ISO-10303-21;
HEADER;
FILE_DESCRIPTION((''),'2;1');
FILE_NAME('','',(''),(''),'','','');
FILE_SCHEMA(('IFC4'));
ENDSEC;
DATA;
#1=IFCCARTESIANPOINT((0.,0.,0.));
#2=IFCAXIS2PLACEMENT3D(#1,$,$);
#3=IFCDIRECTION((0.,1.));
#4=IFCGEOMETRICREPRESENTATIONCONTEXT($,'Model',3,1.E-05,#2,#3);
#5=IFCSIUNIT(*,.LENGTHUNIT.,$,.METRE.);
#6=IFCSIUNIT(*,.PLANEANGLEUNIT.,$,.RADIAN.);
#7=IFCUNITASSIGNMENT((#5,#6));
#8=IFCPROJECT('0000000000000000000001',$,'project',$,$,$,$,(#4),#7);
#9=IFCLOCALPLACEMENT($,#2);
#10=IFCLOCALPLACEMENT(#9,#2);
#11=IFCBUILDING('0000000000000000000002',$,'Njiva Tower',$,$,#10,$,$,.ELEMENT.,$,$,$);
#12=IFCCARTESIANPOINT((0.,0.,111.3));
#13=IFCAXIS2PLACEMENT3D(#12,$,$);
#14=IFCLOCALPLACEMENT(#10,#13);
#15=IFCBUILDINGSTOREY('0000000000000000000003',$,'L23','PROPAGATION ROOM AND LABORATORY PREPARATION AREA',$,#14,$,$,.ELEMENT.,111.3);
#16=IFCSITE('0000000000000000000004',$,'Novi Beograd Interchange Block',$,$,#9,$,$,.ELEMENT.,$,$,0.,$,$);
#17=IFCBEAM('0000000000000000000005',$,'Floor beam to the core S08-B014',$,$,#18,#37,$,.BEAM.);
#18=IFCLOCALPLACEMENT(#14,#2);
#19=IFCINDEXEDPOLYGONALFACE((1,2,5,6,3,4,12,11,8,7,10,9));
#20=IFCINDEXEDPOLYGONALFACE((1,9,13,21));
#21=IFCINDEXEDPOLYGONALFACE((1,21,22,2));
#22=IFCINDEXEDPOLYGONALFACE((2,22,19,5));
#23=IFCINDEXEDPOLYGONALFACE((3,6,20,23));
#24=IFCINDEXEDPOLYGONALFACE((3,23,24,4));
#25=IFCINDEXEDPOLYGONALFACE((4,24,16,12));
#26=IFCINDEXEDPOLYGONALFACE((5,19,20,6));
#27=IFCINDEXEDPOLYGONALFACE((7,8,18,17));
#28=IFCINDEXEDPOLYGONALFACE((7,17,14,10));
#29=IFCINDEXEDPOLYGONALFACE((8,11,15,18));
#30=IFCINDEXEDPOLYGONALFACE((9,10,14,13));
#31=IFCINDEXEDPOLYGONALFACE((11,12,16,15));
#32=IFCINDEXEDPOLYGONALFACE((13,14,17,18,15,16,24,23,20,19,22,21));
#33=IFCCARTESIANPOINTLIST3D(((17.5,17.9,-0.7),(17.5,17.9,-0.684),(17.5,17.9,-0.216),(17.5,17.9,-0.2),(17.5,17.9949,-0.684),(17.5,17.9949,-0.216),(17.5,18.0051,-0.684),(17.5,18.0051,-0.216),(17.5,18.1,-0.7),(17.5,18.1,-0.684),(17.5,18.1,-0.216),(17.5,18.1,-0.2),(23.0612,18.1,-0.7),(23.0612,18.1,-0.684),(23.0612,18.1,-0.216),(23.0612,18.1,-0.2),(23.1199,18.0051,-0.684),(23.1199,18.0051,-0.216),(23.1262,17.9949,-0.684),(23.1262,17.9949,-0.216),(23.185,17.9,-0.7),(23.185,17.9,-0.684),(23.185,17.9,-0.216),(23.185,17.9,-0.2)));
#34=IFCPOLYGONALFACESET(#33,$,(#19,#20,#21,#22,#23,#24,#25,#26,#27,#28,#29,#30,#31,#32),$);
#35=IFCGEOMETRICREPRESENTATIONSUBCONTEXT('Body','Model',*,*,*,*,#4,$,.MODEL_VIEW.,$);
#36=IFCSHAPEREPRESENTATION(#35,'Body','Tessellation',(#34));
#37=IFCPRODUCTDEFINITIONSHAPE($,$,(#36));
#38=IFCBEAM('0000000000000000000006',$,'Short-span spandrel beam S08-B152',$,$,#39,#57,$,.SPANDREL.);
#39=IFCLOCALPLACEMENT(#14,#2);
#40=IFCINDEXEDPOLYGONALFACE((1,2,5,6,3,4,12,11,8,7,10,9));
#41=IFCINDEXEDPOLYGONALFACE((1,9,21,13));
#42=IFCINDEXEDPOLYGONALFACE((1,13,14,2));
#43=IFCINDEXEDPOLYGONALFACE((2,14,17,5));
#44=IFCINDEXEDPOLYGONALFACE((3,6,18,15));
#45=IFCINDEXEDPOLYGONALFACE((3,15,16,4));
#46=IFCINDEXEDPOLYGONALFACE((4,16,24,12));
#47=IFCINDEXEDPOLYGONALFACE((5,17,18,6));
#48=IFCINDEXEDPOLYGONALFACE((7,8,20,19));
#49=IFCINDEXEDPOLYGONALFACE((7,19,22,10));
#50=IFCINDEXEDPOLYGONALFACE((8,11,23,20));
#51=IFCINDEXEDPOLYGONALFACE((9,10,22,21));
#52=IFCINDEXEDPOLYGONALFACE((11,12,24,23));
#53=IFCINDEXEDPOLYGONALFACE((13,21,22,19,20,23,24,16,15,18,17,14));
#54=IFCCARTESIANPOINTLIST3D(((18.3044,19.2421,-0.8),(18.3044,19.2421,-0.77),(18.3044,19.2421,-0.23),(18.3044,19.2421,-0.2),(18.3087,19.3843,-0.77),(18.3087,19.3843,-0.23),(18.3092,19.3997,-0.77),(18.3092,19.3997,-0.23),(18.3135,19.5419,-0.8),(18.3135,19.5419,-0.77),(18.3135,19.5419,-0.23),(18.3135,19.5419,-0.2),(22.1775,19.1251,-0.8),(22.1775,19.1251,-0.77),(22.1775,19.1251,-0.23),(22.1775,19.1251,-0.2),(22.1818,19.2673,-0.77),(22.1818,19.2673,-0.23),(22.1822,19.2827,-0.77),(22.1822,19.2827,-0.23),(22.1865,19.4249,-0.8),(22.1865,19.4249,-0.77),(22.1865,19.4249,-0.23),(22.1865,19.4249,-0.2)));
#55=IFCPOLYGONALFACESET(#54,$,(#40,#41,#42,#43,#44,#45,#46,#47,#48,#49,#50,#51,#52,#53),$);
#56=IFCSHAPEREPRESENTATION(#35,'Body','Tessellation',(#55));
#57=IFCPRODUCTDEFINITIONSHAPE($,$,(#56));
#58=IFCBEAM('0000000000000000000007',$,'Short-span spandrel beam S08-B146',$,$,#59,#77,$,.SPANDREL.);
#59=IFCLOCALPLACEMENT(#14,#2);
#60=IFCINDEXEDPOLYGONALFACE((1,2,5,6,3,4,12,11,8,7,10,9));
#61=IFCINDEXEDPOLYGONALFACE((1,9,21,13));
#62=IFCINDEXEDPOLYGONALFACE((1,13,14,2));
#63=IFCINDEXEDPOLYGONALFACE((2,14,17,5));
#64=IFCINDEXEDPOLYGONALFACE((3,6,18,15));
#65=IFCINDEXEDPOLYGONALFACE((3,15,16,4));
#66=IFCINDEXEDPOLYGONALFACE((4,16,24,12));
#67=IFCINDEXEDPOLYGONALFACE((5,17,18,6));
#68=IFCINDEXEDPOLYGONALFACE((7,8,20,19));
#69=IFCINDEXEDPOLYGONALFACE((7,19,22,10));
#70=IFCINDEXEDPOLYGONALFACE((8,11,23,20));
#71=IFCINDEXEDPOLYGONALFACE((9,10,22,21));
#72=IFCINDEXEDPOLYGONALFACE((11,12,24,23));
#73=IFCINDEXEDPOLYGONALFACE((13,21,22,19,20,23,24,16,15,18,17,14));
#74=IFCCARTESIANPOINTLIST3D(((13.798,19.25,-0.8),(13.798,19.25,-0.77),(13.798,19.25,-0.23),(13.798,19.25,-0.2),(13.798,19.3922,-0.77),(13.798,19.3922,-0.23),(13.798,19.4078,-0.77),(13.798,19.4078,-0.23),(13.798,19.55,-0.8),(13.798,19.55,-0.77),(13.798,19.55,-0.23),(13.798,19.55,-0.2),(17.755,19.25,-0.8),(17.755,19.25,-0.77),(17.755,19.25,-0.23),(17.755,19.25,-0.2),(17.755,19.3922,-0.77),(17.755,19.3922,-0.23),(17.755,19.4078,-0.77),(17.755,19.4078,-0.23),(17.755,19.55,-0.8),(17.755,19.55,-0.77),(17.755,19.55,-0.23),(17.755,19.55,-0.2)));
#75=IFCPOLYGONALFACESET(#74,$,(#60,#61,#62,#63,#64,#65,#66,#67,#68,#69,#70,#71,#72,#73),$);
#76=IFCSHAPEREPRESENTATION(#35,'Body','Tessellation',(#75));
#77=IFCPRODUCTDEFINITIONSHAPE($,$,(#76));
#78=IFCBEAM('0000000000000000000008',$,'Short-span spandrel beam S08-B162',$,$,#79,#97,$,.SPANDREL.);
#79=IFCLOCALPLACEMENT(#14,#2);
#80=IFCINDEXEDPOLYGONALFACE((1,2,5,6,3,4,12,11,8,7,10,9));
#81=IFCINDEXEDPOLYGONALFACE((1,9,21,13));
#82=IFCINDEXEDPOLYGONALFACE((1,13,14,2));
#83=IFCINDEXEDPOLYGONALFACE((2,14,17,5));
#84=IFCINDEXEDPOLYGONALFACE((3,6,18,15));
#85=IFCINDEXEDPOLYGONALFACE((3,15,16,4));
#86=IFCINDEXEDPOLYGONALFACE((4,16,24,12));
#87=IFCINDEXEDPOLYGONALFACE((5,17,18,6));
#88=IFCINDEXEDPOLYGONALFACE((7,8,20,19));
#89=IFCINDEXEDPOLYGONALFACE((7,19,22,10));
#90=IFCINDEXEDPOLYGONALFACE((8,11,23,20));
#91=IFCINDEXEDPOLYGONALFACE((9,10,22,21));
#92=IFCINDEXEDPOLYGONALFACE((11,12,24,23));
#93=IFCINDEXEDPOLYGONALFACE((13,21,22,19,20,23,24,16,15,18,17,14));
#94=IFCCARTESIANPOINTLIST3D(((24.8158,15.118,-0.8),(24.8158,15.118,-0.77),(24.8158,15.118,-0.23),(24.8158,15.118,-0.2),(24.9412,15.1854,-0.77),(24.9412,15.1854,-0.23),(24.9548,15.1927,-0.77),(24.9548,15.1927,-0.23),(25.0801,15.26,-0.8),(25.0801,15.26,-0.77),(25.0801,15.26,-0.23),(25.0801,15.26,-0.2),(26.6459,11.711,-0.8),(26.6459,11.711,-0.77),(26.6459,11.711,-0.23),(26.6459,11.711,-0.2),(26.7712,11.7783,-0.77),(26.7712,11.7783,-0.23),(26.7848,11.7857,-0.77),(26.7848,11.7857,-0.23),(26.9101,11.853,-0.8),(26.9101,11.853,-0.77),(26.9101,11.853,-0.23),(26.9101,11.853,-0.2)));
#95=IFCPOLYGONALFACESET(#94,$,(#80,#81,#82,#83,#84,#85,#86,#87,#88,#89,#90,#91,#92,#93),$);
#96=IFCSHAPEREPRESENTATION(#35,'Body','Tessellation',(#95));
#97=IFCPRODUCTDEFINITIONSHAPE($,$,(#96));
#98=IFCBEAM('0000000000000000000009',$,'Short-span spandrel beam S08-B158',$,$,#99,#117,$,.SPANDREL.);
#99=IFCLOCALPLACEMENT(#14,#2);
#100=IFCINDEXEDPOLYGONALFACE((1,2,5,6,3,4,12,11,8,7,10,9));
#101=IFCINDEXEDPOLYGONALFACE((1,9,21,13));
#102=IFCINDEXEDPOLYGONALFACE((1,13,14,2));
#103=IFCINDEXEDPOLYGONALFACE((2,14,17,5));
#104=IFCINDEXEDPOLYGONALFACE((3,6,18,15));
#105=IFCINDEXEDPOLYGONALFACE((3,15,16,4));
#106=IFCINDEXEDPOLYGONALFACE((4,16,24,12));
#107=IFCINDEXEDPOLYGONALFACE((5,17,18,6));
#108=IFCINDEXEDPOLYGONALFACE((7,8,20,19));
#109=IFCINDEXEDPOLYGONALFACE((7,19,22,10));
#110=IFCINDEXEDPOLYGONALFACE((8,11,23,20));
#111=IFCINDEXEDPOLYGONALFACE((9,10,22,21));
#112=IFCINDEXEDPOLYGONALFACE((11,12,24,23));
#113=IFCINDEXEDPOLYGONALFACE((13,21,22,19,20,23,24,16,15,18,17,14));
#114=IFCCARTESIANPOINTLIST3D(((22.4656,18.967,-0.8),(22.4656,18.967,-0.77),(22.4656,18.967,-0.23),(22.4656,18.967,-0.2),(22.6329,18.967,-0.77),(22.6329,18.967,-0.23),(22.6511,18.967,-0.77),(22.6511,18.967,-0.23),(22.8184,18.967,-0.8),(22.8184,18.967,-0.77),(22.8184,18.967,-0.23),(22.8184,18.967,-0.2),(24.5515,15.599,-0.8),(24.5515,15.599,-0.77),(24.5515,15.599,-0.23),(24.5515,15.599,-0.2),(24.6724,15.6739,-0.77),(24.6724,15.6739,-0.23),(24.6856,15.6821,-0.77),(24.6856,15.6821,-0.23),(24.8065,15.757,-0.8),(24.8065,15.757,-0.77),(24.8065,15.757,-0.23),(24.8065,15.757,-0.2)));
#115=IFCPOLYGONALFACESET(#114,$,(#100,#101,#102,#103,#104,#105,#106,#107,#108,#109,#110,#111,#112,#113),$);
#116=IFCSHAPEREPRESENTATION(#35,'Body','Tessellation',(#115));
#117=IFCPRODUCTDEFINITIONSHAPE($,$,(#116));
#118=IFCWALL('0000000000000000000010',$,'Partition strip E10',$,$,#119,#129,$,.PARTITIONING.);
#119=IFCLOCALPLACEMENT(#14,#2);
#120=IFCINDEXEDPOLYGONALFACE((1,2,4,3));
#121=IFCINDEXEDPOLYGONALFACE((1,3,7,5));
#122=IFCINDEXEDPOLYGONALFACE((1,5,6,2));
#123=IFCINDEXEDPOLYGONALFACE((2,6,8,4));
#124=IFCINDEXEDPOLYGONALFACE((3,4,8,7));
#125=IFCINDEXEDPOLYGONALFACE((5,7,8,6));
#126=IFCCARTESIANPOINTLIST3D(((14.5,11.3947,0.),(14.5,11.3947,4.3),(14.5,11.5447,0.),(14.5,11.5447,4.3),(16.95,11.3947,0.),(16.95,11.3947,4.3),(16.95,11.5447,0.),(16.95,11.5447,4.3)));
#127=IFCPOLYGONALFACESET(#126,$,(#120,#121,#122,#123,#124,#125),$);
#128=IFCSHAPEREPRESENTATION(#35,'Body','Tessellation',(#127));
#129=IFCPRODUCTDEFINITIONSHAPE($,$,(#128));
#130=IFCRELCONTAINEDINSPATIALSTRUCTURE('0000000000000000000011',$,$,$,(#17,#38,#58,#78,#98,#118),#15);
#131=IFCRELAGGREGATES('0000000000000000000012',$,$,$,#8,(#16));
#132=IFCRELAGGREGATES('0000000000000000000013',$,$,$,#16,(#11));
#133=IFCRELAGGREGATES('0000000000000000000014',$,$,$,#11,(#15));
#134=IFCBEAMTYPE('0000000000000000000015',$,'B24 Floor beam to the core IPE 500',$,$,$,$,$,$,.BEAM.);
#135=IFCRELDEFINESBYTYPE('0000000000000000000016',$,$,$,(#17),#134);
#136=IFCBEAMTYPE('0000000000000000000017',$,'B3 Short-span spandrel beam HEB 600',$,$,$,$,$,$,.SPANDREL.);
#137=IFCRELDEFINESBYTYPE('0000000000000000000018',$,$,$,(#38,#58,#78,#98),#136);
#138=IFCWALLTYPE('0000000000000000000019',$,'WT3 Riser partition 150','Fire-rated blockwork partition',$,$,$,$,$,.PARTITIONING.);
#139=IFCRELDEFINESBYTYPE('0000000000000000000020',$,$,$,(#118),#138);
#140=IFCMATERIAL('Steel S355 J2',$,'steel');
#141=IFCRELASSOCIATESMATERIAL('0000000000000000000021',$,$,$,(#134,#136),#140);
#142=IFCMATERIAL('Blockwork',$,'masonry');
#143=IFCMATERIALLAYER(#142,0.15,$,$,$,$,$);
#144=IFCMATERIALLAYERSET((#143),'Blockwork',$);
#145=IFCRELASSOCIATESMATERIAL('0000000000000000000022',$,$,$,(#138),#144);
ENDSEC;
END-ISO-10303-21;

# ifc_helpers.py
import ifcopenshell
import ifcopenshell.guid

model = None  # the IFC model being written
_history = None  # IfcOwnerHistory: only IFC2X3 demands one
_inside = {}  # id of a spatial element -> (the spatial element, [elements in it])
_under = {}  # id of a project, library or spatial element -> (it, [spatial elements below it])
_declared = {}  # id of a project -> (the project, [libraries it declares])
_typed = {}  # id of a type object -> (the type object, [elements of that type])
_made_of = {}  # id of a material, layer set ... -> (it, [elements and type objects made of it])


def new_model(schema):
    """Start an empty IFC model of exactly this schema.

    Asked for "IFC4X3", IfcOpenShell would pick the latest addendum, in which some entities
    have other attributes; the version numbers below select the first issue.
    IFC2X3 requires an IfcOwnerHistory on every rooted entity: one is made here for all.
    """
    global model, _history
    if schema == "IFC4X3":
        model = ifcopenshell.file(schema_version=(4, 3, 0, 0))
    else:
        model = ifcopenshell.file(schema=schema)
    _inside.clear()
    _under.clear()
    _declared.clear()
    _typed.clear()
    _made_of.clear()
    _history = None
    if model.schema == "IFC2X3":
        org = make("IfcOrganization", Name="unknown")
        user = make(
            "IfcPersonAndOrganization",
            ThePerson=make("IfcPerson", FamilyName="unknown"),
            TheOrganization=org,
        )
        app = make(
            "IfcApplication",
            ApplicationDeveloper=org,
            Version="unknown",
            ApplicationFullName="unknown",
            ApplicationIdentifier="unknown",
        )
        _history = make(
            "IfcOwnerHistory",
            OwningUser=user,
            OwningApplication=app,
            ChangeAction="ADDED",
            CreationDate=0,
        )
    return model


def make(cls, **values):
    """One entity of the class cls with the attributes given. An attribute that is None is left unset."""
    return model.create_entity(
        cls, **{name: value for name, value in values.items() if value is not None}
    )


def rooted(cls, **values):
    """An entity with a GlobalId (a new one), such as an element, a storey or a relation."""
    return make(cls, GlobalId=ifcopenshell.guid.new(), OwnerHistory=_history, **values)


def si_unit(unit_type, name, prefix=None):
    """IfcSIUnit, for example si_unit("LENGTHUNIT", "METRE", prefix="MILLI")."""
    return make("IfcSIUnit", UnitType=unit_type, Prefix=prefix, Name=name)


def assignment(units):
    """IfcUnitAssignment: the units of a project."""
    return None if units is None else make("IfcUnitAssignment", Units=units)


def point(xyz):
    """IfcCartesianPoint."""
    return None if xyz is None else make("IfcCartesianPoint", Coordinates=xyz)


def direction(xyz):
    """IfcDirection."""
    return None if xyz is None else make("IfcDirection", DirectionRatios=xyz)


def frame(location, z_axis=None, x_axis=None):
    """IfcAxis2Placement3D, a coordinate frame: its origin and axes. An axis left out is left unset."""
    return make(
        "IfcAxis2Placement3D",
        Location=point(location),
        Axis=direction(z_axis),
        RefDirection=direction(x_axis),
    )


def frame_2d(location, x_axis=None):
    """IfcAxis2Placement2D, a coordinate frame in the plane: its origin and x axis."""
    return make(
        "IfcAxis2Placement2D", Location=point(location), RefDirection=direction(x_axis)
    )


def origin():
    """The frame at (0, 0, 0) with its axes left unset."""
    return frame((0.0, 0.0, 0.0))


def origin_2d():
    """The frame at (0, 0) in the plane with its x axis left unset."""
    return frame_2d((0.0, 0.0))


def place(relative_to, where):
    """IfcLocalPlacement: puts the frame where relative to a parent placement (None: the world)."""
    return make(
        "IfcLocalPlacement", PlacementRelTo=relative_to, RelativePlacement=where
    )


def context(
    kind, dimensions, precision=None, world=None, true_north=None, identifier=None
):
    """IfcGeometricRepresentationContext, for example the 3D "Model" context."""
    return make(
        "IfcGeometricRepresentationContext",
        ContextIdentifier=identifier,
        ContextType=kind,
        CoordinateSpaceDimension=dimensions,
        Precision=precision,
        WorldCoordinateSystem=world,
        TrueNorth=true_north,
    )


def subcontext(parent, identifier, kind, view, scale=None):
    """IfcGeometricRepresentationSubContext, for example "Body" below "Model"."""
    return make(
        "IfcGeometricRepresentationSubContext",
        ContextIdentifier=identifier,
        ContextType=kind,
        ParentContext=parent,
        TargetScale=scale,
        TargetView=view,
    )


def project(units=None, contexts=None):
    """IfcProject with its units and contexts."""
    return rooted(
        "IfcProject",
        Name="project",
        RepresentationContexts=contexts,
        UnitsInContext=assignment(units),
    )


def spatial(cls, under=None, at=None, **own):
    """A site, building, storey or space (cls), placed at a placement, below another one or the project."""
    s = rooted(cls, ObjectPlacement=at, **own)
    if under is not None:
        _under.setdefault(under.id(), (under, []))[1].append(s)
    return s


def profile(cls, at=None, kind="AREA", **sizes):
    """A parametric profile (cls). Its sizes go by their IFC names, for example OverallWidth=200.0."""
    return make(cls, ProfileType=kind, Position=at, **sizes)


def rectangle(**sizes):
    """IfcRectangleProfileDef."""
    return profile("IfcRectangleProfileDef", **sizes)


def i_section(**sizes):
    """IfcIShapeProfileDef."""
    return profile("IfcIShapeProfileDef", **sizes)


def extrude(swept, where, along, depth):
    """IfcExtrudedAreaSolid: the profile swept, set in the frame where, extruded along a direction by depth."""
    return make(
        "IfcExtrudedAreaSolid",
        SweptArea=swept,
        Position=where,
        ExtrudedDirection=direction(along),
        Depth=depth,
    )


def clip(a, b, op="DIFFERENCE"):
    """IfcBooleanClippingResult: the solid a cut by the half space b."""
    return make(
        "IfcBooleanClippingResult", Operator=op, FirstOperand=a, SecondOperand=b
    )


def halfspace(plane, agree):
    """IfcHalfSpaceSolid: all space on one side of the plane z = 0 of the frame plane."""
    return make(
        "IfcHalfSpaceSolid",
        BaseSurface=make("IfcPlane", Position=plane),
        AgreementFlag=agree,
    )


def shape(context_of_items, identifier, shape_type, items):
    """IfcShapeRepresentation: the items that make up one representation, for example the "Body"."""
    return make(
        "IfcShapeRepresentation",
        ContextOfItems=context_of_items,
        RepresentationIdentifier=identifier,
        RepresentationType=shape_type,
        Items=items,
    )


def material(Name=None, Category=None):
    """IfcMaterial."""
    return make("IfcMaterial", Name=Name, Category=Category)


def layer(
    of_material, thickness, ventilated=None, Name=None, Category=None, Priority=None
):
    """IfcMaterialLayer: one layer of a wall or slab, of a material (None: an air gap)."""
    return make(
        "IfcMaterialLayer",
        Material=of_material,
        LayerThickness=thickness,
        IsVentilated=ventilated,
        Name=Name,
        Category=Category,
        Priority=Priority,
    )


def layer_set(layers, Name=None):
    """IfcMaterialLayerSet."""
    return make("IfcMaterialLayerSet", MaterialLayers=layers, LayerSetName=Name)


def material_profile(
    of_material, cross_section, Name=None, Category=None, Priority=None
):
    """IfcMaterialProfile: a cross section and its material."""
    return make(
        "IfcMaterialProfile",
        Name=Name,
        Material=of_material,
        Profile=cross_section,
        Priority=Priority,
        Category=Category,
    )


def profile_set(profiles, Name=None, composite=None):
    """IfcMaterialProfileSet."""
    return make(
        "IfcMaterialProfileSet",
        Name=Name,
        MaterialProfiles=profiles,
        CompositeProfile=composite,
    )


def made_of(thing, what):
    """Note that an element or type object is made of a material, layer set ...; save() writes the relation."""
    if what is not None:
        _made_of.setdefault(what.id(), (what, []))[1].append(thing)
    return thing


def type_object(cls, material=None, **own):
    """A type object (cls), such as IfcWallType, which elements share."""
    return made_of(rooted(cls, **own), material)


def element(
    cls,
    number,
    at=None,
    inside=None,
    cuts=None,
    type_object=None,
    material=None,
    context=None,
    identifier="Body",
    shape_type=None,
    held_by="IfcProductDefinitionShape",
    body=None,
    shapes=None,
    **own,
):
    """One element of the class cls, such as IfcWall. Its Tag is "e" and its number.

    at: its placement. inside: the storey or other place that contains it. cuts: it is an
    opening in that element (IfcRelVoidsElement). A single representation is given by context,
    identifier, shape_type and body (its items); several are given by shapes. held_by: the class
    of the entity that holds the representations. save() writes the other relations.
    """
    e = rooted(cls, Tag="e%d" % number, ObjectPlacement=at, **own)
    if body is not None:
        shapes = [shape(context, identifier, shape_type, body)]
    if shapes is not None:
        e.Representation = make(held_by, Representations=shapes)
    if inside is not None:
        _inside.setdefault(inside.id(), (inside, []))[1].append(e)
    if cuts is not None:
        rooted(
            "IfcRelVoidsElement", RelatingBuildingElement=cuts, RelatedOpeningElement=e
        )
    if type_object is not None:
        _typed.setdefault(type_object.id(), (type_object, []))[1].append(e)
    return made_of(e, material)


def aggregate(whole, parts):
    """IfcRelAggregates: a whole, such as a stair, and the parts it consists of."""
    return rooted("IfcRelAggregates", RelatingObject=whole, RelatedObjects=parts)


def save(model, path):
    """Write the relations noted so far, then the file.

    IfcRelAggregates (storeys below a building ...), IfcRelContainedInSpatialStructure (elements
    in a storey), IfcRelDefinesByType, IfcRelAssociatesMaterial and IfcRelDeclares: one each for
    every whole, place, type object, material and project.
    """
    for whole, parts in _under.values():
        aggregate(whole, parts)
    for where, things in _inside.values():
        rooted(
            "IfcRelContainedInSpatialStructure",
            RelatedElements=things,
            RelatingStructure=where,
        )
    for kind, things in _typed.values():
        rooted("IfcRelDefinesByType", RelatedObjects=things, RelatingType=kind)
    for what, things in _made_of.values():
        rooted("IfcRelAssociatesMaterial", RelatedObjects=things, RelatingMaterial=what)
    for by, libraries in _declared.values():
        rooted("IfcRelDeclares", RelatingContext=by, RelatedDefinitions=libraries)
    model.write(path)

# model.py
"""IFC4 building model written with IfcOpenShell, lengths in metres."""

from ifc_helpers import new_model, si_unit, direction, frame, frame_2d, origin, origin_2d, place, context, subcontext, project, spatial, rectangle, i_section, extrude, clip, halfspace, material, layer, layer_set, material_profile, profile_set, type_object, element, save


model = new_model("IFC4")

# Units and contexts
model_context = context("Model", 3, precision=1e-05, world=origin(), true_north=direction((0.0, 1.0)))
body_context = subcontext(model_context, "Body", "Model", "MODEL_VIEW")
ifc_project = project(units=[si_unit("LENGTHUNIT", "METRE"), si_unit("PLANEANGLEUNIT", "RADIAN")], contexts=[model_context])

# Site, building, storey
site_placement = place(None, origin())
site = spatial("IfcSite", under=ifc_project, at=site_placement, Name="Novi Beograd Interchange Block", CompositionType="ELEMENT", RefElevation=0.0)
building_placement = place(site_placement, origin())
building = spatial("IfcBuilding", under=site, at=building_placement, Name="Njiva Tower", CompositionType="ELEMENT")
storey_placement = place(building_placement, frame((0.0, 0.0, 111.3)))
storey = spatial("IfcBuildingStorey", under=building, at=storey_placement, Name="L23", Description="PROPAGATION ROOM AND LABORATORY PREPARATION AREA", CompositionType="ELEMENT", Elevation=111.3)

# Shared definitions
ifc_material_1 = material(Name="Steel S355 J2", Category="steel")

# Beams
ifc_material_profile_1 = material_profile(ifc_material_1, i_section(OverallWidth=0.2, OverallDepth=0.5, WebThickness=0.0102, FlangeThickness=0.016, at=origin_2d()), Name="IPE 500")
ifc_profile_set_1 = profile_set([ifc_material_profile_1], Name="Steel S355 J2")
beam_type_1 = type_object("IfcBeamType", Name="B24 Floor beam to the core IPE 500", PredefinedType="BEAM", material=ifc_profile_set_1)
beam_1_placement = place(storey_placement, frame((17.5, 18.0, -0.45), z_axis=(1.0, 0.0, 0.0), x_axis=(0.0, 1.0, 0.0)))
element("IfcBeam", 1, at=beam_1_placement, inside=storey, type_object=beam_type_1, Name="Floor beam to the core S08-B014", PredefinedType="BEAM", context=body_context, shape_type="Clipping", body=[
    clip(extrude(i_section(OverallWidth=0.2, OverallDepth=0.5, WebThickness=0.0102, FlangeThickness=0.016, at=origin_2d()), origin(), (0.0, 0.0, 1.0), 5.705), halfspace(frame((0.0263, 0.0, 5.6068), z_axis=(0.526429, 0.0, 0.850219), x_axis=(0.0, 1.0, 0.0)), False)),
])
ifc_material_profile_2 = material_profile(ifc_material_1, i_section(OverallWidth=0.3, OverallDepth=0.6, WebThickness=0.0155, FlangeThickness=0.03, at=origin_2d()), Name="HEB 600")
ifc_profile_set_2 = profile_set([ifc_material_profile_2], Name="Steel S355 J2")
beam_type_2 = type_object("IfcBeamType", Name="B3 Short-span spandrel beam HEB 600", PredefinedType="SPANDREL", material=ifc_profile_set_2)
beam_2_placement = place(storey_placement, frame((22.182, 19.275, -0.5), z_axis=(-0.999544, 0.030195, 0.0), x_axis=(-0.030195, -0.999544, 0.0)))
element("IfcBeam", 2, at=beam_2_placement, inside=storey, type_object=beam_type_2, Name="Short-span spandrel beam S08-B152", PredefinedType="SPANDREL", context=body_context, shape_type="SweptSolid", body=[
    extrude(i_section(OverallWidth=0.3, OverallDepth=0.6, WebThickness=0.0155, FlangeThickness=0.03, at=origin_2d()), origin(), (0.0, 0.0, 1.0), 3.8748),
])
beam_3_placement = place(storey_placement, frame((17.755, 19.4, -0.5), z_axis=(-1.0, 0.0, 0.0), x_axis=(0.0, -1.0, 0.0)))
element("IfcBeam", 3, at=beam_3_placement, inside=storey, type_object=beam_type_2, Name="Short-span spandrel beam S08-B146", PredefinedType="SPANDREL", context=body_context, shape_type="SweptSolid", body=[
    extrude(i_section(OverallWidth=0.3, OverallDepth=0.6, WebThickness=0.0155, FlangeThickness=0.03, at=origin_2d()), origin(), (0.0, 0.0, 1.0), 3.957),
])
beam_4_placement = place(storey_placement, frame((26.778, 11.782, -0.5), z_axis=(-0.47319, 0.88096, 0.0), x_axis=(-0.88096, -0.47319, 0.0)))
element("IfcBeam", 4, at=beam_4_placement, inside=storey, type_object=beam_type_2, Name="Short-span spandrel beam S08-B162", PredefinedType="SPANDREL", context=body_context, shape_type="SweptSolid", body=[
    extrude(i_section(OverallWidth=0.3, OverallDepth=0.6, WebThickness=0.0155, FlangeThickness=0.03, at=origin_2d()), origin(), (0.0, 0.0, 1.0), 3.8674),
])
beam_5_placement = place(storey_placement, frame((24.679, 15.678, -0.5), z_axis=(-0.526533, 0.850155, 0.0), x_axis=(-0.850155, -0.526533, 0.0)))
element("IfcBeam", 5, at=beam_5_placement, inside=storey, type_object=beam_type_2, Name="Short-span spandrel beam S08-B158", PredefinedType="SPANDREL", context=body_context, shape_type="Clipping", body=[
    clip(extrude(i_section(OverallWidth=0.3, OverallDepth=0.6, WebThickness=0.0155, FlangeThickness=0.03, at=origin_2d()), origin(), (0.0, 0.0, 1.0), 3.9817), halfspace(frame((-0.0263, 0.0, 3.8524), z_axis=(-0.526533, 0.0, 0.850155), x_axis=(0.0, 1.0, 0.0)), False)),
])

# Wall
ifc_material_2 = material(Name="Blockwork", Category="masonry")
ifc_layer_1 = layer(ifc_material_2, 0.15)
ifc_layer_set_1 = layer_set([ifc_layer_1], Name="Blockwork")
wall_type_1 = type_object("IfcWallType", Name="WT3 Riser partition 150", Description="Fire-rated blockwork partition", PredefinedType="PARTITIONING", material=ifc_layer_set_1)
wall_1_placement = place(storey_placement, frame((14.5, 11.4697, 0.0), z_axis=(0.0, 0.0, 1.0), x_axis=(1.0, 0.0, 0.0)))
element("IfcWall", 6, at=wall_1_placement, inside=storey, type_object=wall_type_1, Name="Partition strip E10", PredefinedType="PARTITIONING", context=body_context, shape_type="SweptSolid", body=[
    extrude(rectangle(XDim=2.45, YDim=0.15, at=frame_2d((1.225, 0.0))), origin(), (0.0, 0.0, 1.0), 4.3),
])

save(model, "model.ifc")
